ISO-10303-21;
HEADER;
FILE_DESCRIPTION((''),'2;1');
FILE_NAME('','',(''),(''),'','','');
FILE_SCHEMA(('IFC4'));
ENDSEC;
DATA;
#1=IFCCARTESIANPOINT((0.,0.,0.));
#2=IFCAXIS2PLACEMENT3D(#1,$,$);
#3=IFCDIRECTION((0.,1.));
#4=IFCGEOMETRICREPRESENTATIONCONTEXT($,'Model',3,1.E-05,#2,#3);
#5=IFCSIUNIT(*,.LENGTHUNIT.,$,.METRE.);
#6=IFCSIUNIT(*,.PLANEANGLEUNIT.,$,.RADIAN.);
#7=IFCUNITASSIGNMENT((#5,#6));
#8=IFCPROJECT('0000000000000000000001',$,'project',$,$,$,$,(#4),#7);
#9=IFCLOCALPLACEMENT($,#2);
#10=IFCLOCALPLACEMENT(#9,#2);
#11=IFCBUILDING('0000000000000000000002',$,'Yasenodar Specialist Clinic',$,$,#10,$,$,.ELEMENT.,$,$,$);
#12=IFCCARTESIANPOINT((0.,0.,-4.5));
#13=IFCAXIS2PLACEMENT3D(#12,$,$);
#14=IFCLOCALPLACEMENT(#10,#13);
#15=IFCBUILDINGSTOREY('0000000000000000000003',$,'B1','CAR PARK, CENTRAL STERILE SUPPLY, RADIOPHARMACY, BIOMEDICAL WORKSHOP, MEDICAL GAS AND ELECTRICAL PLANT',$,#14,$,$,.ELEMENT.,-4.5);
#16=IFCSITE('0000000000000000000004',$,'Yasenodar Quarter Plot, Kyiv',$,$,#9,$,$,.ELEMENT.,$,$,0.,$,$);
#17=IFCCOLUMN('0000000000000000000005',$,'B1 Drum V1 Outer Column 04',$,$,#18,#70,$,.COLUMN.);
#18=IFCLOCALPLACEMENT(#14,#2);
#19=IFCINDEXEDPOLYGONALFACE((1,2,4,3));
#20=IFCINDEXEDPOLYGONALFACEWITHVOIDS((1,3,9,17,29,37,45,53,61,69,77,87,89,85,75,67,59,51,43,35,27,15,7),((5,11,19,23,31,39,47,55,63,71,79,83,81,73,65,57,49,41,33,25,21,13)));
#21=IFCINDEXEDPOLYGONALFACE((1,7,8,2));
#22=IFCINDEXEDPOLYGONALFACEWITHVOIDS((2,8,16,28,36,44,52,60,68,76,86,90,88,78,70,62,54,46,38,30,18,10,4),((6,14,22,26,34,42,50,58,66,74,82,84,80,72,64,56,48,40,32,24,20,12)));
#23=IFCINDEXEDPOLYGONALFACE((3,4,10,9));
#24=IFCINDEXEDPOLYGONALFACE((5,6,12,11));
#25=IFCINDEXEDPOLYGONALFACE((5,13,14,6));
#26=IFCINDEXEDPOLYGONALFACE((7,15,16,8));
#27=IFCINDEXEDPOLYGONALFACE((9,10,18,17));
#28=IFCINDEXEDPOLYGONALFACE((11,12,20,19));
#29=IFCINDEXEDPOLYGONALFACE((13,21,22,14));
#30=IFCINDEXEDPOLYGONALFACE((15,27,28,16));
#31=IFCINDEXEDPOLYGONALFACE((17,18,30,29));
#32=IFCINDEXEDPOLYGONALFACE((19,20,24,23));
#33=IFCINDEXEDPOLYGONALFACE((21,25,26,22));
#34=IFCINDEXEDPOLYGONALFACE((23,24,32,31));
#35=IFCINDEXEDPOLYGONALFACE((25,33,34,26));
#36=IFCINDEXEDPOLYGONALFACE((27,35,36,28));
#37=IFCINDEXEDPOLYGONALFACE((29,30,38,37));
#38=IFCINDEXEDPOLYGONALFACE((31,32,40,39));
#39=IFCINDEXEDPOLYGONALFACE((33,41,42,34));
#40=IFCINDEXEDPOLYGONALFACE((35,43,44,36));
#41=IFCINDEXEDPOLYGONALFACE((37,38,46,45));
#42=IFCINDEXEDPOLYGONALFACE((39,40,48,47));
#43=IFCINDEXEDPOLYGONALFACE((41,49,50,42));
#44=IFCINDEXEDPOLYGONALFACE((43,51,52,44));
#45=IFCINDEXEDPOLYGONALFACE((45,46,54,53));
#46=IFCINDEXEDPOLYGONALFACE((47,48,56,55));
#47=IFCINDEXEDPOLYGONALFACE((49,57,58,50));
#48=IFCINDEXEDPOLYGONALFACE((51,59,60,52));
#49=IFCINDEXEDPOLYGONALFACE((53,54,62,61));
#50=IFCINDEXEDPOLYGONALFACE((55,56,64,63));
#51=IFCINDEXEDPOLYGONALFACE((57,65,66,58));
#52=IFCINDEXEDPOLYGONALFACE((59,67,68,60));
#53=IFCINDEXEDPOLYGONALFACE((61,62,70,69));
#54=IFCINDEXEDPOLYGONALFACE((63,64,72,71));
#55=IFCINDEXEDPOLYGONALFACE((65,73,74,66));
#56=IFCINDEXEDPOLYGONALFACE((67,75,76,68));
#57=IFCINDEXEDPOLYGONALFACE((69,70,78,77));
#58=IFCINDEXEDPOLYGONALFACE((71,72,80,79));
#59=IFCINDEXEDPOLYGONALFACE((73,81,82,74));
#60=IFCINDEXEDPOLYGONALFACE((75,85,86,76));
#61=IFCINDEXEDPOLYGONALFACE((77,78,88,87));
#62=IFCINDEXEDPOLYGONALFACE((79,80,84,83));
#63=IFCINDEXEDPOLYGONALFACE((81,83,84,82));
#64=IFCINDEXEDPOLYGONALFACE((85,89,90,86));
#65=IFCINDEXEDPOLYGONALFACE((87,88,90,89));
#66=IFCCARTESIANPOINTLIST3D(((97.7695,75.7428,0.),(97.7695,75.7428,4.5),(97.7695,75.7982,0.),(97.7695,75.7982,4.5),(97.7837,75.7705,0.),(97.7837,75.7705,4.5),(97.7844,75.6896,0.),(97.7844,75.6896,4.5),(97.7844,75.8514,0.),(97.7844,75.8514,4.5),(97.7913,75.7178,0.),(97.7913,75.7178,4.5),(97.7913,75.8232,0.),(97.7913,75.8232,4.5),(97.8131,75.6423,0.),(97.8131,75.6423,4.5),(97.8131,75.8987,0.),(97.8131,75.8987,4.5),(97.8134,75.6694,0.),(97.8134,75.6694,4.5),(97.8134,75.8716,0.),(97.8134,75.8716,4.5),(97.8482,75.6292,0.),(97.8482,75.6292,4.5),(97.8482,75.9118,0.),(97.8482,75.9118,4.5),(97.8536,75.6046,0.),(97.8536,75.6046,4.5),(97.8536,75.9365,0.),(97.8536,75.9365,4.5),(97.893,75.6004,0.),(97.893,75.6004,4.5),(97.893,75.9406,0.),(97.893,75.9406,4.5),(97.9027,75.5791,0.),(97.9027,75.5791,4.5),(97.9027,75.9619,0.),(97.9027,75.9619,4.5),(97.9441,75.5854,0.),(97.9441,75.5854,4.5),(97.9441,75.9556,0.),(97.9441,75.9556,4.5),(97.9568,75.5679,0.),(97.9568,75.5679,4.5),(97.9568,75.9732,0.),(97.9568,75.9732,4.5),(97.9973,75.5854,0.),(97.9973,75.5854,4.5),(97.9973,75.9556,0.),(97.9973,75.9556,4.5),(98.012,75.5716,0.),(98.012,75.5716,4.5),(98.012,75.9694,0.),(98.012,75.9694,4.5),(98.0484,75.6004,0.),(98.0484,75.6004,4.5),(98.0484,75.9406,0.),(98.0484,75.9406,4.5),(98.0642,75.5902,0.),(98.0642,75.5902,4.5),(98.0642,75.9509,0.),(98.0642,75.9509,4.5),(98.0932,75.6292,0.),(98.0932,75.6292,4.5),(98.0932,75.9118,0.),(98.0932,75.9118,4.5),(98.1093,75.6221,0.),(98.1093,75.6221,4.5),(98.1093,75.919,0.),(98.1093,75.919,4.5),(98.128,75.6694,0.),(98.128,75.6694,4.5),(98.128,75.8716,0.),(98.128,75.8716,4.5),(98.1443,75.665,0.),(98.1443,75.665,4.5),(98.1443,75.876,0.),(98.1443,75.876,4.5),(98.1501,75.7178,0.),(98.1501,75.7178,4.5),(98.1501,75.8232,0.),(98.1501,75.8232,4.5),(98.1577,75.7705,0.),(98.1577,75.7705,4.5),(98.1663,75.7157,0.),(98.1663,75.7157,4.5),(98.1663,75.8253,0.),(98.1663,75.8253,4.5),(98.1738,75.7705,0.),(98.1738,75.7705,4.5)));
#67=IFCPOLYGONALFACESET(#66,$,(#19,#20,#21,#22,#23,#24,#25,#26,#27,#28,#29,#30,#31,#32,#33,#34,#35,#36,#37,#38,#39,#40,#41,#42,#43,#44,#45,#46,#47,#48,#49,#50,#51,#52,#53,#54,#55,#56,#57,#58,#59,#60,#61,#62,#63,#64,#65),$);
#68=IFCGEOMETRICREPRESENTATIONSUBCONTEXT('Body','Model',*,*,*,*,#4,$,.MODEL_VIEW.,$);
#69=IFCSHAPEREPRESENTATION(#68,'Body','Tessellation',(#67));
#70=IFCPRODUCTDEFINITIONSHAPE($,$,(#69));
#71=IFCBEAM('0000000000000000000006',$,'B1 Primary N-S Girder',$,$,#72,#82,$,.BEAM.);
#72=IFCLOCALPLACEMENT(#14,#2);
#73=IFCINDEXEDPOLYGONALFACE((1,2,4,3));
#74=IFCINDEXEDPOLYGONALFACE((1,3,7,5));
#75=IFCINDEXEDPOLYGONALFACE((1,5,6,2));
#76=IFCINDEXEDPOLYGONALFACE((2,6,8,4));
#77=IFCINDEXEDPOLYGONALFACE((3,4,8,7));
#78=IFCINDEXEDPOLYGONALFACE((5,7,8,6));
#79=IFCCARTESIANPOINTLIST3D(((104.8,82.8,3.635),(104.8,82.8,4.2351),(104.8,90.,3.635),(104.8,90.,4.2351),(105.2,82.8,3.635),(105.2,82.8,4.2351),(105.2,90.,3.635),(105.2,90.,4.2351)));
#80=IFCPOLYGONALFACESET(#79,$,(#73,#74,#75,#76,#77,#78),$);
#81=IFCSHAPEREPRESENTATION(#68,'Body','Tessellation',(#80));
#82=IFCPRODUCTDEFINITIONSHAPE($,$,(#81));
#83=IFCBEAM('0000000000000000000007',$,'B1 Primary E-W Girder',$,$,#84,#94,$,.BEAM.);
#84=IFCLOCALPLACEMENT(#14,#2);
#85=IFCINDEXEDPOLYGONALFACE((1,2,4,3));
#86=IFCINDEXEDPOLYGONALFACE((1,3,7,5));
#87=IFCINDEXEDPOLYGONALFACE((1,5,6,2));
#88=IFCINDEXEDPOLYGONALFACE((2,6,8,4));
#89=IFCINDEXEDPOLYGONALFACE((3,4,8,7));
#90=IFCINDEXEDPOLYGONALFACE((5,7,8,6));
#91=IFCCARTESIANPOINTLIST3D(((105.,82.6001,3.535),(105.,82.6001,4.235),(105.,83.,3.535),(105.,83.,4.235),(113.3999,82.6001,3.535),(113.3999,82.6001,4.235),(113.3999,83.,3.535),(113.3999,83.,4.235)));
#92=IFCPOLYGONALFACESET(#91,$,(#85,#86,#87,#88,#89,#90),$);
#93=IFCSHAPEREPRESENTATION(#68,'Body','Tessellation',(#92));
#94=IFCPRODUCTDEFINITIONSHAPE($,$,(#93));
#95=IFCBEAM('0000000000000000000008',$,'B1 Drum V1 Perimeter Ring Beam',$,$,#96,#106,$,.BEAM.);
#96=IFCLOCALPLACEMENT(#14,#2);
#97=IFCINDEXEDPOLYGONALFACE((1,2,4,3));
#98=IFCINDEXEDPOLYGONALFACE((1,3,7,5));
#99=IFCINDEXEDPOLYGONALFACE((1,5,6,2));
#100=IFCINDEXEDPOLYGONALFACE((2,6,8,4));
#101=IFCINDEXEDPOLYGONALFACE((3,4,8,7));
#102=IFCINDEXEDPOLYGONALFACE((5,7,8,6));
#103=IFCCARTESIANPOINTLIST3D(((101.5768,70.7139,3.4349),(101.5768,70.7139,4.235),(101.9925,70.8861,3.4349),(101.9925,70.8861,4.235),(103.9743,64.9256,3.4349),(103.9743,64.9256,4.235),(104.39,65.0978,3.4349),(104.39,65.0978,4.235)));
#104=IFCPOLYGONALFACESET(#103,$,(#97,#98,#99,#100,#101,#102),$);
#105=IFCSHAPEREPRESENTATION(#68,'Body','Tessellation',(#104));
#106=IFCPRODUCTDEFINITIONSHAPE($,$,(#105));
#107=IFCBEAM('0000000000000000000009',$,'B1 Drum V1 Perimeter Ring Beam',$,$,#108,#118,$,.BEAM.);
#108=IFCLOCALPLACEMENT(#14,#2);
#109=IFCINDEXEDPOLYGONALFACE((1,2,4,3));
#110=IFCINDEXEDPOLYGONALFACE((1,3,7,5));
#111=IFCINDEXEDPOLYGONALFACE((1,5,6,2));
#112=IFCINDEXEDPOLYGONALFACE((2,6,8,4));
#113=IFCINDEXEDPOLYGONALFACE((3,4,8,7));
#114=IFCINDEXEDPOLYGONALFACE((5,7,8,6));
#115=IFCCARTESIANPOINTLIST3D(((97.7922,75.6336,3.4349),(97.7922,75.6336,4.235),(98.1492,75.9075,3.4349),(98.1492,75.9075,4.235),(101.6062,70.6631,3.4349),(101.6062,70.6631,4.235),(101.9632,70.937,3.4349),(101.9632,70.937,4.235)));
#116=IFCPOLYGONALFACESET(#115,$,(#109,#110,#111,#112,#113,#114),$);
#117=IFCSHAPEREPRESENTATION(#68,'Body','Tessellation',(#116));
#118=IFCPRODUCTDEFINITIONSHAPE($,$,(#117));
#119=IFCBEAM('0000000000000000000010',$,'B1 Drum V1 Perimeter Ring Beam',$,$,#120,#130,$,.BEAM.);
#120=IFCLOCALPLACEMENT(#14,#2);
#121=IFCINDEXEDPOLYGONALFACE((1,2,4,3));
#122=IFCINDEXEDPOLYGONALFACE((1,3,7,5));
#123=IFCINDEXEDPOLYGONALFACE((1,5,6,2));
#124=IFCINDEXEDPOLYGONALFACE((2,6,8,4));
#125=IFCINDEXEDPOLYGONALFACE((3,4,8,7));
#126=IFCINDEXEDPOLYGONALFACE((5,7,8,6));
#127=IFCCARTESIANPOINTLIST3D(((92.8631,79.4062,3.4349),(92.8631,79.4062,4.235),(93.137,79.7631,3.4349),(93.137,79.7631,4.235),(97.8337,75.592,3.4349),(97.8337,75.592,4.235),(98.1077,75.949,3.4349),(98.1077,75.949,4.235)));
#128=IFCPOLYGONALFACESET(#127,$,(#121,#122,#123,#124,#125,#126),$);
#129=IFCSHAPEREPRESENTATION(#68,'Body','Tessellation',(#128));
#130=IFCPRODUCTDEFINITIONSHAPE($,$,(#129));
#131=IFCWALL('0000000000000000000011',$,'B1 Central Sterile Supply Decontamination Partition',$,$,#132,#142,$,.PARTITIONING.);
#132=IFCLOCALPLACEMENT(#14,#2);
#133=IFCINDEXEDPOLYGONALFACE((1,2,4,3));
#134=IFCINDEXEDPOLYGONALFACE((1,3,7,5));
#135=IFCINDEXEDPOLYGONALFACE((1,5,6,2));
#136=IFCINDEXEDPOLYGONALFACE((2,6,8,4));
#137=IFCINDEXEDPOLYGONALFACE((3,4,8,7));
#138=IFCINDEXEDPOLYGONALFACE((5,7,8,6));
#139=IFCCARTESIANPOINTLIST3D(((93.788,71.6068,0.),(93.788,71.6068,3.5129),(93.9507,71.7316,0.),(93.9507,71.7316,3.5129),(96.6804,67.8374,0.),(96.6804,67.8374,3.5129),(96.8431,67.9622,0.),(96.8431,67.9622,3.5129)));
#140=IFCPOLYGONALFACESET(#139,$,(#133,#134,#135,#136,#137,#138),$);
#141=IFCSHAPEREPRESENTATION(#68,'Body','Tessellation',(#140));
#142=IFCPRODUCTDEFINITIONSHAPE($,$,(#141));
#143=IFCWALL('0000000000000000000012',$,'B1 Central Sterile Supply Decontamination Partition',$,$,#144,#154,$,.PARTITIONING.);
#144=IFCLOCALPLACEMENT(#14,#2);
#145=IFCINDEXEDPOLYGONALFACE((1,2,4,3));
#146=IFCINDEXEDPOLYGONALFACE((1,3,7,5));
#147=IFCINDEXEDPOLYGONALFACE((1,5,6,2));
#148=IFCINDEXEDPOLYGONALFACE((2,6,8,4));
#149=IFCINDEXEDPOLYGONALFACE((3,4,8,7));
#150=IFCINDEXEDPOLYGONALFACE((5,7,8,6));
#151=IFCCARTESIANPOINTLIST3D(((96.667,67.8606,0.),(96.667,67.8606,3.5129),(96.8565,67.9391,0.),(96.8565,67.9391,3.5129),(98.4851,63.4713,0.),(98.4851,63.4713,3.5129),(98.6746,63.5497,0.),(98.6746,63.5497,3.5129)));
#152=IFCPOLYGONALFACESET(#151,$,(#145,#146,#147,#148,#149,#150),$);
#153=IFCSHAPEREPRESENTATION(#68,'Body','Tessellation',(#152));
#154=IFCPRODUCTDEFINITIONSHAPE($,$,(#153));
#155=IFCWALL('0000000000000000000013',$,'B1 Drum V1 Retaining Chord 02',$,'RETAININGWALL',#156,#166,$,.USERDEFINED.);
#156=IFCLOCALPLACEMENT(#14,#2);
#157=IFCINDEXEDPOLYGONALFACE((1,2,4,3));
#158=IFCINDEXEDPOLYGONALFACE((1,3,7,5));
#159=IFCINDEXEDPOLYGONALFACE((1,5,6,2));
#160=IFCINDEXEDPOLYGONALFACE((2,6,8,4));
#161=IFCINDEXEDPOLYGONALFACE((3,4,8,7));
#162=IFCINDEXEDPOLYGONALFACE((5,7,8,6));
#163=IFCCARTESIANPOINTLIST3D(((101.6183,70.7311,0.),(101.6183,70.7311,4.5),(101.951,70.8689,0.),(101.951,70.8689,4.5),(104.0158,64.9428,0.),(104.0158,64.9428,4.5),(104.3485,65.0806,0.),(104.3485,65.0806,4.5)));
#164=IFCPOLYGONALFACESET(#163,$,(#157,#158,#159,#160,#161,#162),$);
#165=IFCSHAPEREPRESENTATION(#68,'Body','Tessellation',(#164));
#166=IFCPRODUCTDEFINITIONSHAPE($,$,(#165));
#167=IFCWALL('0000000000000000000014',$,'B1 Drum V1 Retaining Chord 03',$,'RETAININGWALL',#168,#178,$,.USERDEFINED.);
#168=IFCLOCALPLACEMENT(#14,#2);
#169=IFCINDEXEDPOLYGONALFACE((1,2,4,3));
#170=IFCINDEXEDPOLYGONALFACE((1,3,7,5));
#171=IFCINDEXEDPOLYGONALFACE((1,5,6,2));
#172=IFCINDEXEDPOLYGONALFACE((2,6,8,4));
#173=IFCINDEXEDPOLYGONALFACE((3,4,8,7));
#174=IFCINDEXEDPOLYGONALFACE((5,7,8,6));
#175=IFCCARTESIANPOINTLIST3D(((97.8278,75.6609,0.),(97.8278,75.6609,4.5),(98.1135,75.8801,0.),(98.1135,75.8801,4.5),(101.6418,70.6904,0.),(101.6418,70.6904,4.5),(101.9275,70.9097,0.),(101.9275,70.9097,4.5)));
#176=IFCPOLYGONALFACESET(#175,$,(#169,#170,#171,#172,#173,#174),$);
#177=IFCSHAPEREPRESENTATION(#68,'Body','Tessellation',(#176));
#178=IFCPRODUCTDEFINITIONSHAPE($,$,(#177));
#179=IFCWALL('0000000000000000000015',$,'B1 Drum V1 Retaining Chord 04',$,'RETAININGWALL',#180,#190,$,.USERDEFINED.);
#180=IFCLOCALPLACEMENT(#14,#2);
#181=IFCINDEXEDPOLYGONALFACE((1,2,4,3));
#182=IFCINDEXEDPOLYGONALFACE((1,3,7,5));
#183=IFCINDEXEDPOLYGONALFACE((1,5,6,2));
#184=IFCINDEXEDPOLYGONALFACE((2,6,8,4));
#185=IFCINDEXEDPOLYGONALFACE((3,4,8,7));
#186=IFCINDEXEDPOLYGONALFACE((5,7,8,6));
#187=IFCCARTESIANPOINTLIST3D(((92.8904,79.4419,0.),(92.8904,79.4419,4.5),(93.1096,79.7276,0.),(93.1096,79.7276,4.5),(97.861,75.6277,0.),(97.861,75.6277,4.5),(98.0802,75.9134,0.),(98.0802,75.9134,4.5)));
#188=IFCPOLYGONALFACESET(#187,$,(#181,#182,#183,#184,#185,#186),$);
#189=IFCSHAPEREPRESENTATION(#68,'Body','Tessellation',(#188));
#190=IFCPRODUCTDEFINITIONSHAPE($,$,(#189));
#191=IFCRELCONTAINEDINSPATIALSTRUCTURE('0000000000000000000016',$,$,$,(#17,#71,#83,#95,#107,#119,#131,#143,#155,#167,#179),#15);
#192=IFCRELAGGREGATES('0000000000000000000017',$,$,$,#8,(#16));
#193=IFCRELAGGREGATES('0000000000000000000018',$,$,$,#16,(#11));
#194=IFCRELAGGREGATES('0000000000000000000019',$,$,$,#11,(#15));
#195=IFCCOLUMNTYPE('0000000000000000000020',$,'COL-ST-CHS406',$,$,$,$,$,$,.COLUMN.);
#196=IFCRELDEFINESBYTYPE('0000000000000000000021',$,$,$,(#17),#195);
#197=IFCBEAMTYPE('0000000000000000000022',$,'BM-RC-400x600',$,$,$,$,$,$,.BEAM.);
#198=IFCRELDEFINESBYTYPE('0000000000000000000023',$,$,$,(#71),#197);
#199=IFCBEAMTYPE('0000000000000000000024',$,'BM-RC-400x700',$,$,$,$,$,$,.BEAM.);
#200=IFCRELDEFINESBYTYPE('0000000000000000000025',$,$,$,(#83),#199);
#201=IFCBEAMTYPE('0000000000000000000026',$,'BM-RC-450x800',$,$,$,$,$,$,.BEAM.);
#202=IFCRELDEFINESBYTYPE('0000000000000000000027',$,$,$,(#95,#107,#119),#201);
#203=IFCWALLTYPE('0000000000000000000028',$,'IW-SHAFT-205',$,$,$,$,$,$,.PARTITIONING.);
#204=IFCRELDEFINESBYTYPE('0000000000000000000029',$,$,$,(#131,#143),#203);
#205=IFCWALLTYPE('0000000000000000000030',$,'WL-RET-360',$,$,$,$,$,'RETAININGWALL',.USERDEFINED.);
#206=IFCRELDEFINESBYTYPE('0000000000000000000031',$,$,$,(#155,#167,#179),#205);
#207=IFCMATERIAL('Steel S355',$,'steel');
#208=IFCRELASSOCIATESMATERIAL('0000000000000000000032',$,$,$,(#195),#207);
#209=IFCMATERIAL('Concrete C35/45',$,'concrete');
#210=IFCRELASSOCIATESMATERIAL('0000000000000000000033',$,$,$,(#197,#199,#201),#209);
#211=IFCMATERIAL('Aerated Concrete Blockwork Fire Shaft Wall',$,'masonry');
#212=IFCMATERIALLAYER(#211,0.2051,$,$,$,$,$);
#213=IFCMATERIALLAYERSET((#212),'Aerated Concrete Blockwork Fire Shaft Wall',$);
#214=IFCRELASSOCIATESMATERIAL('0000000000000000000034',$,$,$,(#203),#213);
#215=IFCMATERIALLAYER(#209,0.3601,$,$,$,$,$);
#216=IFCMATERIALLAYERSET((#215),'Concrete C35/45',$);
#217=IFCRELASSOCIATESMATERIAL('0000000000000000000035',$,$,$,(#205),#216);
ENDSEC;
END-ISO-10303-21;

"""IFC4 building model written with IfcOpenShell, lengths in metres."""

from ifc_helpers import new_model, si_unit, direction, frame, frame_2d, origin, origin_2d, place, context, subcontext, project, spatial, rectangle, hollow_circle, extrude, material, layer, layer_set, material_profile, profile_set, type_object, element, save


model = new_model("IFC4")

# Units and contexts
model_context = context("Model", 3, precision=1e-05, world=origin(), true_north=direction((0.0, 1.0)))
body_context = subcontext(model_context, "Body", "Model", "MODEL_VIEW")
ifc_project = project(units=[si_unit("LENGTHUNIT", "METRE"), si_unit("PLANEANGLEUNIT", "RADIAN")], contexts=[model_context])

# Site, building, storey
site_placement = place(None, origin())
site = spatial("IfcSite", under=ifc_project, at=site_placement, Name="Yasenodar Quarter Plot, Kyiv", CompositionType="ELEMENT", RefElevation=0.0)
building_placement = place(site_placement, origin())
building = spatial("IfcBuilding", under=site, at=building_placement, Name="Yasenodar Specialist Clinic", CompositionType="ELEMENT")
storey_placement = place(building_placement, frame((0.0, 0.0, -4.5)))
storey = spatial("IfcBuildingStorey", under=building, at=storey_placement, Name="B1", Description="CAR PARK, CENTRAL STERILE SUPPLY, RADIOPHARMACY, BIOMEDICAL WORKSHOP, MEDICAL GAS AND ELECTRICAL PLANT", CompositionType="ELEMENT", Elevation=-4.5)

# Shared definitions
ifc_material_1 = material(Name="Concrete C35/45", Category="concrete")

# Column
ifc_material_2 = material(Name="Steel S355", Category="steel")
ifc_material_profile_1 = material_profile(ifc_material_2, hollow_circle(Radius=0.2031, WallThickness=0.0161, at=origin_2d()), Name="CHS 406.4x16")
ifc_profile_set_1 = profile_set([ifc_material_profile_1], Name="Steel S355")
column_type_1 = type_object("IfcColumnType", Name="COL-ST-CHS406", PredefinedType="COLUMN", material=ifc_profile_set_1)
for number, where, z_axis, x_axis, name in (
    (1, (97.9707, 75.7705, 0.0), (0.0, 0.0, 1.0), (1.0, 0.0, 0.0), "B1 Drum V1 Outer Column 04"),
):
    element("IfcColumn", number, at=place(storey_placement, frame(where, z_axis=z_axis, x_axis=x_axis)), inside=storey, type_object=column_type_1, Name=name, PredefinedType="COLUMN", context=body_context, shape_type="SweptSolid", body=[
        extrude(hollow_circle(Radius=0.2031, WallThickness=0.0161, at=origin_2d()), origin(), (0.0, 0.0, 1.0), 4.5),
    ])

# Beams
ifc_material_profile_2 = material_profile(ifc_material_1, rectangle(XDim=0.3999, YDim=0.6001, at=origin_2d()), Name="RC 400x600")
ifc_profile_set_2 = profile_set([ifc_material_profile_2], Name="Concrete C35/45")
beam_type_1 = type_object("IfcBeamType", Name="BM-RC-400x600", PredefinedType="BEAM", material=ifc_profile_set_2)
beam_1_placement = place(storey_placement, frame((105.0, 82.8, 3.9351), z_axis=(0.0, 1.0, 0.0), x_axis=(-1.0, 0.0, 0.0)))
element("IfcBeam", 2, at=beam_1_placement, inside=storey, type_object=beam_type_1, Name="B1 Primary N-S Girder", PredefinedType="BEAM", context=body_context, shape_type="SweptSolid", body=[
    extrude(rectangle(XDim=0.3999, YDim=0.6001, at=origin_2d()), origin(), (0.0, 0.0, 1.0), 7.2),
])
ifc_material_profile_3 = material_profile(ifc_material_1, rectangle(XDim=0.3999, YDim=0.7, at=origin_2d()), Name="RC 400x700")
ifc_profile_set_3 = profile_set([ifc_material_profile_3], Name="Concrete C35/45")
beam_type_2 = type_object("IfcBeamType", Name="BM-RC-400x700", PredefinedType="BEAM", material=ifc_profile_set_3)
beam_2_placement = place(storey_placement, frame((105.0, 82.8, 3.885), z_axis=(1.0, 0.0, 0.0), x_axis=(0.0, 1.0, 0.0)))
element("IfcBeam", 3, at=beam_2_placement, inside=storey, type_object=beam_type_2, Name="B1 Primary E-W Girder", PredefinedType="BEAM", context=body_context, shape_type="SweptSolid", body=[
    extrude(rectangle(XDim=0.3999, YDim=0.7, at=origin_2d()), origin(), (0.0, 0.0, 1.0), 8.3999),
])
ifc_material_profile_4 = material_profile(ifc_material_1, rectangle(XDim=0.45, YDim=0.8, at=origin_2d()), Name="RC 450x800")
ifc_profile_set_4 = profile_set([ifc_material_profile_4], Name="Concrete C35/45")
beam_type_3 = type_object("IfcBeamType", Name="BM-RC-450x800", PredefinedType="BEAM", material=ifc_profile_set_4)
for number, where, z_axis, x_axis, name in (
    (4, (104.1821, 65.0117, 3.835), (-0.382664, 0.923888, 0.0), (-0.923888, -0.382664, 0.0), "B1 Drum V1 Perimeter Ring Beam"),
    (5, (101.7847, 70.8, 3.835), (-0.608761, 0.793354, 0.0), (-0.793354, -0.608761, 0.0), "B1 Drum V1 Perimeter Ring Beam"),
):
    element("IfcBeam", number, at=place(storey_placement, frame(where, z_axis=z_axis, x_axis=x_axis)), inside=storey, type_object=beam_type_3, Name=name, PredefinedType="BEAM", context=body_context, shape_type="SweptSolid", body=[
        extrude(rectangle(XDim=0.45, YDim=0.8, at=origin_2d()), origin(), (0.0, 0.0, 1.0), 6.2651),
    ])
beam_3_placement = place(storey_placement, frame((97.9707, 75.7705, 3.835), z_axis=(-0.793349, 0.608767, 0.0), x_axis=(-0.608767, -0.793349, 0.0)))
element("IfcBeam", 6, at=beam_3_placement, inside=storey, type_object=beam_type_3, Name="B1 Drum V1 Perimeter Ring Beam", PredefinedType="BEAM", context=body_context, shape_type="SweptSolid", body=[
    extrude(rectangle(XDim=0.45, YDim=0.8, at=origin_2d()), origin(), (0.0, 0.0, 1.0), 6.2654),
])

# Walls
ifc_material_3 = material(Name="Aerated Concrete Blockwork Fire Shaft Wall", Category="masonry")
ifc_layer_1 = layer(ifc_material_3, 0.2051)
ifc_layer_set_1 = layer_set([ifc_layer_1], Name="Aerated Concrete Blockwork Fire Shaft Wall")
wall_type_1 = type_object("IfcWallType", Name="IW-SHAFT-205", PredefinedType="PARTITIONING", material=ifc_layer_set_1)
wall_1_placement = place(storey_placement, frame((96.7617, 67.8999, 0.0), z_axis=(0.0, 0.0, 1.0), x_axis=(-0.608769, 0.793347, 0.0)))
element("IfcWall", 7, at=wall_1_placement, inside=storey, type_object=wall_type_1, Name="B1 Central Sterile Supply Decontamination Partition", PredefinedType="PARTITIONING", context=body_context, shape_type="SweptSolid", body=[
    extrude(rectangle(XDim=4.7512, YDim=0.2051, at=frame_2d((2.3755, 0.0))), origin(), (0.0, 0.0, 1.0), 3.5129),
])
wall_2_placement = place(storey_placement, frame((98.5798, 63.5105, 0.0), z_axis=(0.0, 0.0, 1.0), x_axis=(-0.382677, 0.923882, 0.0)))
element("IfcWall", 8, at=wall_2_placement, inside=storey, type_object=wall_type_1, Name="B1 Central Sterile Supply Decontamination Partition", PredefinedType="PARTITIONING", context=body_context, shape_type="SweptSolid", body=[
    extrude(rectangle(XDim=4.751, YDim=0.2051, at=frame_2d((2.3755, 0.0))), origin(), (0.0, 0.0, 1.0), 3.5129),
])
ifc_layer_2 = layer(ifc_material_1, 0.3601)
ifc_layer_set_2 = layer_set([ifc_layer_2], Name="Concrete C35/45")
wall_type_2 = type_object("IfcWallType", Name="WL-RET-360", ElementType="RETAININGWALL", PredefinedType="USERDEFINED", material=ifc_layer_set_2)
for number, where, z_axis, x_axis, name in (
    (9, (104.1821, 65.0117, 0.0), (0.0, 0.0, 1.0), (-0.382664, 0.923888, 0.0), "B1 Drum V1 Retaining Chord 02"),
    (10, (101.7847, 70.8, 0.0), (0.0, 0.0, 1.0), (-0.608761, 0.793354, 0.0), "B1 Drum V1 Retaining Chord 03"),
):
    element("IfcWall", number, at=place(storey_placement, frame(where, z_axis=z_axis, x_axis=x_axis)), inside=storey, type_object=wall_type_2, Name=name, ObjectType="RETAININGWALL", PredefinedType="USERDEFINED", context=body_context, shape_type="SweptSolid", body=[
        extrude(rectangle(XDim=6.2651, YDim=0.3601, at=frame_2d((3.1326, 0.0))), origin(), (0.0, 0.0, 1.0), 4.5),
    ])
wall_3_placement = place(storey_placement, frame((97.9707, 75.7705, 0.0), z_axis=(0.0, 0.0, 1.0), x_axis=(-0.793349, 0.608767, 0.0)))
element("IfcWall", 11, at=wall_3_placement, inside=storey, type_object=wall_type_2, Name="B1 Drum V1 Retaining Chord 04", ObjectType="RETAININGWALL", PredefinedType="USERDEFINED", context=body_context, shape_type="SweptSolid", body=[
    extrude(rectangle(XDim=6.2654, YDim=0.3601, at=frame_2d((3.1328, 0.0))), origin(), (0.0, 0.0, 1.0), 4.5),
])

save(model, "model.ifc")
